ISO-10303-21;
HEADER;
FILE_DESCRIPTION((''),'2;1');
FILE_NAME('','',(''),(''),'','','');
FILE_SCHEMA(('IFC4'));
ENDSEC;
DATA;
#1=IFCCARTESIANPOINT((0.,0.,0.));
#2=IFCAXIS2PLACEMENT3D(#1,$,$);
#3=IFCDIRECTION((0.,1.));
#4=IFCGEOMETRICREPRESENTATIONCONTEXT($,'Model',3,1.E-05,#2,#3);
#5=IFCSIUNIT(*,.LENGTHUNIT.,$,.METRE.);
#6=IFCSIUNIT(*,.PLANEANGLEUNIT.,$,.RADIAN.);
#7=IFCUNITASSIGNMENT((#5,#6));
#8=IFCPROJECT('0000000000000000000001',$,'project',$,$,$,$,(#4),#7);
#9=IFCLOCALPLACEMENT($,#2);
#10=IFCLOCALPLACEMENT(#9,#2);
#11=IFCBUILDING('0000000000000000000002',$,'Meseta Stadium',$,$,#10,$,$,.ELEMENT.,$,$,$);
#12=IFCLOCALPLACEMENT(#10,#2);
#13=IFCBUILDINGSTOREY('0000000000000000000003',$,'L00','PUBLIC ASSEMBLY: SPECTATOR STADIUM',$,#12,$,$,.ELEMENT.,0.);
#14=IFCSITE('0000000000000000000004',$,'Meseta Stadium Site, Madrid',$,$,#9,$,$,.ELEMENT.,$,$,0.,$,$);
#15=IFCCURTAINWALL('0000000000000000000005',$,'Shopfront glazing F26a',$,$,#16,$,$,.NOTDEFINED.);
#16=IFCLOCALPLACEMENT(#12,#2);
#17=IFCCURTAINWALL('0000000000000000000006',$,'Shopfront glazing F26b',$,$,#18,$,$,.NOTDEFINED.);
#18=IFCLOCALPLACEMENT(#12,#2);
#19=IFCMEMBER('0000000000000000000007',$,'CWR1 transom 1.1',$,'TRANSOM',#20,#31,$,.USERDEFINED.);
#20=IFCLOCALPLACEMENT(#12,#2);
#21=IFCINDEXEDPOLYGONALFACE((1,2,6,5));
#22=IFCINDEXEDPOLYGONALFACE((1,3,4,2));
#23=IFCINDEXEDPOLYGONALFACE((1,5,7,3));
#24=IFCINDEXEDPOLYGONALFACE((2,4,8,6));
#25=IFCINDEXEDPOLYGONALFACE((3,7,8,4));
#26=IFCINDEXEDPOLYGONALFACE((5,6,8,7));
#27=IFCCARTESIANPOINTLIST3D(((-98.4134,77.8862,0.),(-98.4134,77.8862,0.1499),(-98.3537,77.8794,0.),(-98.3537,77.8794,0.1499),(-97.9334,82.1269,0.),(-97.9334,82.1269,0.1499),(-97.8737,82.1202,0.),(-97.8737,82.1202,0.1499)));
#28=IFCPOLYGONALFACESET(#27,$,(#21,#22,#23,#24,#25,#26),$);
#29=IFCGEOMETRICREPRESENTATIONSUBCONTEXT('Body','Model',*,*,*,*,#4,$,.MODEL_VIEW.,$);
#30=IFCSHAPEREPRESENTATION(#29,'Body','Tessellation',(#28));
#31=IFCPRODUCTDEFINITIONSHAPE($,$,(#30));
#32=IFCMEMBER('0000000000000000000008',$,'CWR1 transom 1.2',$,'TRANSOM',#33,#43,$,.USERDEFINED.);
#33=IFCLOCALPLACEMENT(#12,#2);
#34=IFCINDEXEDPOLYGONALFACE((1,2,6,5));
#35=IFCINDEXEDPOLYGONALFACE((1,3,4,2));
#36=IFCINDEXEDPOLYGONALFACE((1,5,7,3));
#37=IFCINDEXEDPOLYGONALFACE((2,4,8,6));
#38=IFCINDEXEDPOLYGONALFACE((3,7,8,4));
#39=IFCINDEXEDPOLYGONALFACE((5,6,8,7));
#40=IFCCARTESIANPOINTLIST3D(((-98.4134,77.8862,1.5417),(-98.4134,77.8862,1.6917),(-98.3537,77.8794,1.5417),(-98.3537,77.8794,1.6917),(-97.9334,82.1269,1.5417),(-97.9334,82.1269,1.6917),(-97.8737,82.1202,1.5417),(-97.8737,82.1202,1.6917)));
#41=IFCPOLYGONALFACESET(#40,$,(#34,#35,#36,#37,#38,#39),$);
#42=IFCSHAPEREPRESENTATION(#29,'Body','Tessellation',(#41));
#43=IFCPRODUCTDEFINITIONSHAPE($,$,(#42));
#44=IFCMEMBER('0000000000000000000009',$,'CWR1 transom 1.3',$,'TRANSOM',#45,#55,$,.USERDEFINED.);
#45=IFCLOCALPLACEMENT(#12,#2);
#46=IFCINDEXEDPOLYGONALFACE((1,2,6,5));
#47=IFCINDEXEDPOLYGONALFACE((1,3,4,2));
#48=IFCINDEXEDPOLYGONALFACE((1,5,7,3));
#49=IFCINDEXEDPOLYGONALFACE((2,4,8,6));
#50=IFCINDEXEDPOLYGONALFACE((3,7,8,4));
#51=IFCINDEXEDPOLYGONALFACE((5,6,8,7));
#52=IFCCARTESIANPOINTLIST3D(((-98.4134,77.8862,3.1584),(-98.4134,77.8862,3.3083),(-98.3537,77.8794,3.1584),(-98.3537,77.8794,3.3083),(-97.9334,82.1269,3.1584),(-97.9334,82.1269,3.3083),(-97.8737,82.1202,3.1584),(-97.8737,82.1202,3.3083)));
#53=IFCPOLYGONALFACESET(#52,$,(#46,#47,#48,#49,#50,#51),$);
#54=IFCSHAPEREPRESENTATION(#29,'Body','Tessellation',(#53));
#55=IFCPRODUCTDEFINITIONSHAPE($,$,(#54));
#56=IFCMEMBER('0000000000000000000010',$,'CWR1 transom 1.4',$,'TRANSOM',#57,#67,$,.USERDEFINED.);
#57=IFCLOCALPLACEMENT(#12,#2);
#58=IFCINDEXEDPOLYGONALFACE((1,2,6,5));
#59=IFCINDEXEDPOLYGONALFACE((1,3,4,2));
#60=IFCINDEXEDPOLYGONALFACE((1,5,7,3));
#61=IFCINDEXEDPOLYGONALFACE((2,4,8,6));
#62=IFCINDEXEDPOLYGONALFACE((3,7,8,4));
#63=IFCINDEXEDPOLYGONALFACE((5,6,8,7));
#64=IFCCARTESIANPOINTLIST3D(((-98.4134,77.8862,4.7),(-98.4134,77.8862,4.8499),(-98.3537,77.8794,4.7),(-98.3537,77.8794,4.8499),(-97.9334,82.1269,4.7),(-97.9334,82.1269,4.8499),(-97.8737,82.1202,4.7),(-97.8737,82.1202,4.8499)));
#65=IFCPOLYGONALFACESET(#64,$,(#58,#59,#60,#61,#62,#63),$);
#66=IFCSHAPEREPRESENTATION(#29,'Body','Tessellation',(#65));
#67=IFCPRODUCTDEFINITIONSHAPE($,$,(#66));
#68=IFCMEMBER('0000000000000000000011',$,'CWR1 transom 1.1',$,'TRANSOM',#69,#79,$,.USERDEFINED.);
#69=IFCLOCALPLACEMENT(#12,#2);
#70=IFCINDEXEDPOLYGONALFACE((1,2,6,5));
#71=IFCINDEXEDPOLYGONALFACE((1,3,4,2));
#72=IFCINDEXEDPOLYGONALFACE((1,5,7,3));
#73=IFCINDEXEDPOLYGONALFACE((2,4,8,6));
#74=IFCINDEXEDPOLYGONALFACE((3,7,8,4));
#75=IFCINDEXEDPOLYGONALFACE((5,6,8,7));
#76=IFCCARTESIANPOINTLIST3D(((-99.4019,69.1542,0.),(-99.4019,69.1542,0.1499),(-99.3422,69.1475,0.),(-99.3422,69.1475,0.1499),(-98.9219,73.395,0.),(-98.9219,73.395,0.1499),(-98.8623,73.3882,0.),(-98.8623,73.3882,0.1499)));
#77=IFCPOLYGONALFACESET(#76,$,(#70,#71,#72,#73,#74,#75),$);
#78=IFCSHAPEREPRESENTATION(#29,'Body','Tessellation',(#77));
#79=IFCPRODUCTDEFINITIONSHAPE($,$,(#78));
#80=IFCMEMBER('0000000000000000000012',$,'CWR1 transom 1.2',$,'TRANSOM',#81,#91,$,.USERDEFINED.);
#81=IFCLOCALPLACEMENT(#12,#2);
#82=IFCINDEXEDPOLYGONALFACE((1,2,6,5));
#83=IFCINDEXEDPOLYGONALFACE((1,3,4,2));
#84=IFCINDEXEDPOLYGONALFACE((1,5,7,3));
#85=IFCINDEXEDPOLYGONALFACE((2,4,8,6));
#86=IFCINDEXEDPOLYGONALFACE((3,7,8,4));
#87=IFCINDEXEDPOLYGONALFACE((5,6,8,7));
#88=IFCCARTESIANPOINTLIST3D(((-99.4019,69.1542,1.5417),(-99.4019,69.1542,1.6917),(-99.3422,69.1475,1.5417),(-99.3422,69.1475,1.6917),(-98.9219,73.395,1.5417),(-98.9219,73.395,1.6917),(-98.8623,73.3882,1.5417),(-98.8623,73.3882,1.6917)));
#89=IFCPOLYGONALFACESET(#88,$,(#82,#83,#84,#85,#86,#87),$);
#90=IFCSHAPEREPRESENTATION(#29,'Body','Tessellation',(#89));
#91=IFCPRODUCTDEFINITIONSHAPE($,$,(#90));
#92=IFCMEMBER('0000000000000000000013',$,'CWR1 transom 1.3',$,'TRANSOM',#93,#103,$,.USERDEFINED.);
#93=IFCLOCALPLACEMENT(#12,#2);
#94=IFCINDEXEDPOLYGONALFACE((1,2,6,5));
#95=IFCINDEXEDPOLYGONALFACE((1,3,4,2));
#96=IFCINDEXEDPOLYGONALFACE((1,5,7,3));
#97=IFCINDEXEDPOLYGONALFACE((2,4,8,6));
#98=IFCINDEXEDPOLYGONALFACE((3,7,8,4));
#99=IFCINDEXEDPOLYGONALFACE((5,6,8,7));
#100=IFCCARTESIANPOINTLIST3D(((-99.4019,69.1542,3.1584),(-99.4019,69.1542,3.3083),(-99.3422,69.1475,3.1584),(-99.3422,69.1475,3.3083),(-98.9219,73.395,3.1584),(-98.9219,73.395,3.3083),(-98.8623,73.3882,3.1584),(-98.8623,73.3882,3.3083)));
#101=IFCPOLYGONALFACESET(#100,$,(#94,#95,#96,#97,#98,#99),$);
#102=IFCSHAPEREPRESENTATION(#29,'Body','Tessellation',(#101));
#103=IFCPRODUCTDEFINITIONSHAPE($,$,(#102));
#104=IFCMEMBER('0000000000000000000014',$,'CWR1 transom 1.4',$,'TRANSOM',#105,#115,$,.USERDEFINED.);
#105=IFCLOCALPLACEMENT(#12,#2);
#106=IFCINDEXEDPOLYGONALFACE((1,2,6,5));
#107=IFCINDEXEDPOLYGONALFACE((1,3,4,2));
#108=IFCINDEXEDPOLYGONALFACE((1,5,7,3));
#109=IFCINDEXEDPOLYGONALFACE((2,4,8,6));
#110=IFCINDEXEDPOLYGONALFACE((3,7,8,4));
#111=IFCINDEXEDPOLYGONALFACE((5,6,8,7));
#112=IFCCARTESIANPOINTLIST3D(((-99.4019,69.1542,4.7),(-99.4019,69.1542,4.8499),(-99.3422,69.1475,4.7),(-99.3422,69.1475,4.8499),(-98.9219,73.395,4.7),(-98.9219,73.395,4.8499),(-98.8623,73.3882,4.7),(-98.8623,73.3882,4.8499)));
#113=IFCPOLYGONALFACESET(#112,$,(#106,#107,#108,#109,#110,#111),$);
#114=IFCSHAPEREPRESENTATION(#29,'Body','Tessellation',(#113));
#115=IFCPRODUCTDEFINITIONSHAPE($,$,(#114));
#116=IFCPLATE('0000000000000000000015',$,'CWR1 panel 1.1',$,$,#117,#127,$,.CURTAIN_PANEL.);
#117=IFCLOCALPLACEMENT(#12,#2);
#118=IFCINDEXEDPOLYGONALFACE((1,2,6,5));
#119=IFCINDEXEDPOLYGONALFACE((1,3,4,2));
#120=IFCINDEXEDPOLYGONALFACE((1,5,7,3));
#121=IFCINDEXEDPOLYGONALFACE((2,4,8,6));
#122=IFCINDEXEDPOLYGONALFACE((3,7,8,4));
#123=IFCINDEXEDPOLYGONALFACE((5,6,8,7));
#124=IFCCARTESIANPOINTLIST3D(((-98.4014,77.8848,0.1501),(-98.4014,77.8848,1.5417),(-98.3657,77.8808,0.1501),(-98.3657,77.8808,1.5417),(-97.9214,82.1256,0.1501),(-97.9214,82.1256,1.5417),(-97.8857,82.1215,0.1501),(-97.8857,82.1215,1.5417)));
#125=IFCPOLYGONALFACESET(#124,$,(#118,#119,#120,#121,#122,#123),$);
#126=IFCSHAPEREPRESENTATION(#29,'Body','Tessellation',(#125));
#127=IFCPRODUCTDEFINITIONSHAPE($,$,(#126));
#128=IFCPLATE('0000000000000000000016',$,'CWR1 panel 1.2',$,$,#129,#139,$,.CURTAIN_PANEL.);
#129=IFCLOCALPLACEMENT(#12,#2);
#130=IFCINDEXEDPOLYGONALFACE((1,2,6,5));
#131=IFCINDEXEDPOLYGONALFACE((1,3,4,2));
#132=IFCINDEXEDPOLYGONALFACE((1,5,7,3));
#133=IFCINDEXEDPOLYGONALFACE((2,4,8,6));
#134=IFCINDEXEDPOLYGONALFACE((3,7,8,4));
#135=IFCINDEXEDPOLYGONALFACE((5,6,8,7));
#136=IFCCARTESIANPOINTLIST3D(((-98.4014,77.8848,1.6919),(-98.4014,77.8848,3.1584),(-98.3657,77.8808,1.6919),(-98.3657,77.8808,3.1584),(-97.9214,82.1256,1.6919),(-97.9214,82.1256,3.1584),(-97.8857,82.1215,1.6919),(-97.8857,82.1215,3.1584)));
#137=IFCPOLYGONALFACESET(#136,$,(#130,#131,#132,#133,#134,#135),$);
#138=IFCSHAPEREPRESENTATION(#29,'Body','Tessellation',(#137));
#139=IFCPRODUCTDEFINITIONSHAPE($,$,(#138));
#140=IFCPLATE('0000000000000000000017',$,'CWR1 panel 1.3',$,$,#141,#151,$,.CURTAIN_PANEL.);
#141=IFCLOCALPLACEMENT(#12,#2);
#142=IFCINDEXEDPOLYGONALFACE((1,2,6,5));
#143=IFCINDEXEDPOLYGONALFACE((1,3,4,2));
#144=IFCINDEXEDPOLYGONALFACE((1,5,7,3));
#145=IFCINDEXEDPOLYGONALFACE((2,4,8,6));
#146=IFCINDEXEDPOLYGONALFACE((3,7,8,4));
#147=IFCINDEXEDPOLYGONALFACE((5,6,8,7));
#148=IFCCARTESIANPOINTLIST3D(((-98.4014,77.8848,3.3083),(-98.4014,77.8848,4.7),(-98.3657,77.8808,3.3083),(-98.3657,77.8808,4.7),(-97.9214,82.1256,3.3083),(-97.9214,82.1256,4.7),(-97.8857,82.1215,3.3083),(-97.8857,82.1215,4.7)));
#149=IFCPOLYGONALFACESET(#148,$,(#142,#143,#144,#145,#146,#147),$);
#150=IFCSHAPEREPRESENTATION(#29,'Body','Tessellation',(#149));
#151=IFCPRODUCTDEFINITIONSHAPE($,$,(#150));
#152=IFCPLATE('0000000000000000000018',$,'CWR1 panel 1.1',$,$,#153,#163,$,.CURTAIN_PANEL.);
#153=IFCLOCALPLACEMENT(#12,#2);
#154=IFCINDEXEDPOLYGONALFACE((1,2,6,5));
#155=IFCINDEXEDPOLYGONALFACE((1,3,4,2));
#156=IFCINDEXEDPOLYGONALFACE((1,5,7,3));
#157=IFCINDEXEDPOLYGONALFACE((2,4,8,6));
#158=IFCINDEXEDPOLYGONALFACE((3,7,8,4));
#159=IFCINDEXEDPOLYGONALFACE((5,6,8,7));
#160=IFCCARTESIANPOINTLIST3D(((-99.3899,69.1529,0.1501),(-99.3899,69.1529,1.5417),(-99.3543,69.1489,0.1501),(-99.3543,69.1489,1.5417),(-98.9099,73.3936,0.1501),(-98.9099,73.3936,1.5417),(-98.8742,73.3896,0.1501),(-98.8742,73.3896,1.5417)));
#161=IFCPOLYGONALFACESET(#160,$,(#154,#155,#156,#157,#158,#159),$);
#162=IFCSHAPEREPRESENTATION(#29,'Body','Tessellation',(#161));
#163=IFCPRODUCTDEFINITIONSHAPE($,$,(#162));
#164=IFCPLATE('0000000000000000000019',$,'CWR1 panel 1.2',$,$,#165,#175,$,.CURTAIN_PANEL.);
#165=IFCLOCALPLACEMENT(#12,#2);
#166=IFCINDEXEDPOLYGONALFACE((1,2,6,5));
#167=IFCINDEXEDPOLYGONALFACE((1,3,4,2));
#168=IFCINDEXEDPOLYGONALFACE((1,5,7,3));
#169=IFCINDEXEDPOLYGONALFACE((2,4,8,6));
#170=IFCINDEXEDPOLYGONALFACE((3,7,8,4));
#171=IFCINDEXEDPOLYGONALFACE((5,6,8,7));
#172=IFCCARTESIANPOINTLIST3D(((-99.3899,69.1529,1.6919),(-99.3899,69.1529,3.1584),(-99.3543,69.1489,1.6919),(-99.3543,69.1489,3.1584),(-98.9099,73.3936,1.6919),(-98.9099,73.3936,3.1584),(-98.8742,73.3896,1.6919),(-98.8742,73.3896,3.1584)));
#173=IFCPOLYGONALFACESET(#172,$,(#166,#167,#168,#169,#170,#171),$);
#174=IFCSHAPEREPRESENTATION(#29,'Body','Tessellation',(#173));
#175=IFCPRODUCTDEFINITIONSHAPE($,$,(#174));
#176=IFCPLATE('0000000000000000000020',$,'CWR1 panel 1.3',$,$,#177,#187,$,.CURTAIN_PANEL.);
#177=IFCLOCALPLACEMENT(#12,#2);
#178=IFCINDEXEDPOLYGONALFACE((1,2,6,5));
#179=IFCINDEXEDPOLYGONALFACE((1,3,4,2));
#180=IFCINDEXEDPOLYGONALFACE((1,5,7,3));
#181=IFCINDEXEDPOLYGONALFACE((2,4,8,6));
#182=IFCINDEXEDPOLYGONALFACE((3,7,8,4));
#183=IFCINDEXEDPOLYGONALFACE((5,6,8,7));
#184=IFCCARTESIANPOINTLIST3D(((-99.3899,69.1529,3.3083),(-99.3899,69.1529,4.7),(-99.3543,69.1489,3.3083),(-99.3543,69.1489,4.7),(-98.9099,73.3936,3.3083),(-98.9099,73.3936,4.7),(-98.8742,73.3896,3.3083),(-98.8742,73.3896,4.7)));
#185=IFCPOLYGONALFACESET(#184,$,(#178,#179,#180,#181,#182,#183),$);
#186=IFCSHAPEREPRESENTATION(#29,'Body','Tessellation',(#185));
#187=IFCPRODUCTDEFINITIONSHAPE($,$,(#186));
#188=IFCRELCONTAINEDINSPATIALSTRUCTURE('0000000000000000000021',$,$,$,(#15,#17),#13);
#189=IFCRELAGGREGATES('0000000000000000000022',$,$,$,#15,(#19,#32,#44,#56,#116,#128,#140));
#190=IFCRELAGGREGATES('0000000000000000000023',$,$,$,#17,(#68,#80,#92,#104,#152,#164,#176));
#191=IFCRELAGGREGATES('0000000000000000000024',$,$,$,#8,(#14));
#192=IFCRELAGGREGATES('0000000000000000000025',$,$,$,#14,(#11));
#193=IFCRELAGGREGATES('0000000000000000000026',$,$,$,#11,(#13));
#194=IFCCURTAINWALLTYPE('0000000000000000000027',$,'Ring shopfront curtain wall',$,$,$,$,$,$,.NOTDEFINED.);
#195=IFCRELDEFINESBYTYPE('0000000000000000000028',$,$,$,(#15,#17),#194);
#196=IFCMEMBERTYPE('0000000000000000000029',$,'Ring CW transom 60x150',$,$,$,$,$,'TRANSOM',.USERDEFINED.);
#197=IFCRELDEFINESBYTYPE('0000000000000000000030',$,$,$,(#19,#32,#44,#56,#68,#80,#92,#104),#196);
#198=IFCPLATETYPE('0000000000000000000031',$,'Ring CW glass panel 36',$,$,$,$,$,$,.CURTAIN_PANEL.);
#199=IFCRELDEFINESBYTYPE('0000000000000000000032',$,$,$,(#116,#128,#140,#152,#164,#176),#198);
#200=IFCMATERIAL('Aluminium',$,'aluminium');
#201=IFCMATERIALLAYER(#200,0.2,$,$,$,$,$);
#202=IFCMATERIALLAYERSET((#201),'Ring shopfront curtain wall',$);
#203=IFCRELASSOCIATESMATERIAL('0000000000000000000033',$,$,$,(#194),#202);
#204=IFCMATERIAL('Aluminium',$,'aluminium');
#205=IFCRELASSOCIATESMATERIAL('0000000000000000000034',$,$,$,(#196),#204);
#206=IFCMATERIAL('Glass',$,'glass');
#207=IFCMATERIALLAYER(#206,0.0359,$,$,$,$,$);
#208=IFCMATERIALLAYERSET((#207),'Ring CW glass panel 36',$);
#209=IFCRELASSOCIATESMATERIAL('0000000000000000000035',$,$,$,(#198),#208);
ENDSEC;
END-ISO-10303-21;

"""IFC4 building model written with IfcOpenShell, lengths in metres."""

from ifc_helpers import new_model, si_unit, direction, frame, origin, origin_2d, place, context, subcontext, project, spatial, rectangle, extrude, material, layer, layer_set, material_profile, profile_set, type_object, element, aggregate, save


model = new_model("IFC4")

# Units and contexts
model_context = context("Model", 3, precision=1e-05, world=origin(), true_north=direction((0.0, 1.0)))
body_context = subcontext(model_context, "Body", "Model", "MODEL_VIEW")
ifc_project = project(units=[si_unit("LENGTHUNIT", "METRE"), si_unit("PLANEANGLEUNIT", "RADIAN")], contexts=[model_context])

# Site, building, storey
site_placement = place(None, origin())
site = spatial("IfcSite", under=ifc_project, at=site_placement, Name="Meseta Stadium Site, Madrid", CompositionType="ELEMENT", RefElevation=0.0)
building_placement = place(site_placement, origin())
building = spatial("IfcBuilding", under=site, at=building_placement, Name="Meseta Stadium", CompositionType="ELEMENT")
storey_placement = place(building_placement, origin())
storey = spatial("IfcBuildingStorey", under=building, at=storey_placement, Name="L00", Description="PUBLIC ASSEMBLY: SPECTATOR STADIUM", CompositionType="ELEMENT", Elevation=0.0)

# Curtain wall
ifc_material_1 = material(Name="Aluminium", Category="aluminium")
ifc_layer_1 = layer(ifc_material_1, 0.2)
ifc_layer_set_1 = layer_set([ifc_layer_1], Name="Ring shopfront curtain wall")
curtain_wall_type = type_object("IfcCurtainWallType", Name="Ring shopfront curtain wall", PredefinedType="NOTDEFINED", material=ifc_layer_set_1)
curtain_wall_1_placement = place(storey_placement, origin())
curtain_wall_1 = element("IfcCurtainWall", 1, at=curtain_wall_1_placement, inside=storey, type_object=curtain_wall_type, Name="Shopfront glazing F26a", PredefinedType="NOTDEFINED")

# Curtain wall
curtain_wall_2_placement = place(storey_placement, origin())
curtain_wall_2 = element("IfcCurtainWall", 2, at=curtain_wall_2_placement, inside=storey, type_object=curtain_wall_type, Name="Shopfront glazing F26b", PredefinedType="NOTDEFINED")

# Members
ifc_material_2 = material(Name="Aluminium", Category="aluminium")
ifc_material_profile_1 = material_profile(ifc_material_2, rectangle(XDim=0.0601, YDim=0.1499, at=origin_2d()), Name="CW 60x150")
ifc_profile_set_1 = profile_set([ifc_material_profile_1], Name="Aluminium")
member_type_1 = type_object("IfcMemberType", Name="Ring CW transom 60x150", ElementType="TRANSOM", PredefinedType="USERDEFINED", material=ifc_profile_set_1)
member_1_placement = place(storey_placement, frame((-97.9036, 82.1235, 0.075), z_axis=(-0.112466, -0.993656, 0.0), x_axis=(0.993656, -0.112466, 0.0)))
member_1 = element("IfcMember", 3, at=member_1_placement, type_object=member_type_1, Name="CWR1 transom 1.1", ObjectType="TRANSOM", PredefinedType="USERDEFINED", context=body_context, shape_type="SweptSolid", body=[
    extrude(rectangle(XDim=0.0601, YDim=0.1499, at=origin_2d()), origin(), (0.0, 0.0, 1.0), 4.2678),
])
member_2_placement = place(storey_placement, frame((-97.9036, 82.1235, 1.6167), z_axis=(-0.112466, -0.993656, 0.0), x_axis=(0.993656, -0.112466, 0.0)))
member_2 = element("IfcMember", 4, at=member_2_placement, type_object=member_type_1, Name="CWR1 transom 1.2", ObjectType="TRANSOM", PredefinedType="USERDEFINED", context=body_context, shape_type="SweptSolid", body=[
    extrude(rectangle(XDim=0.0601, YDim=0.1499, at=origin_2d()), origin(), (0.0, 0.0, 1.0), 4.2678),
])
member_3_placement = place(storey_placement, frame((-97.9036, 82.1235, 3.2334), z_axis=(-0.112466, -0.993656, 0.0), x_axis=(0.993656, -0.112466, 0.0)))
member_3 = element("IfcMember", 5, at=member_3_placement, type_object=member_type_1, Name="CWR1 transom 1.3", ObjectType="TRANSOM", PredefinedType="USERDEFINED", context=body_context, shape_type="SweptSolid", body=[
    extrude(rectangle(XDim=0.0601, YDim=0.1499, at=origin_2d()), origin(), (0.0, 0.0, 1.0), 4.2678),
])
member_4_placement = place(storey_placement, frame((-97.9036, 82.1235, 4.7749), z_axis=(-0.112466, -0.993656, 0.0), x_axis=(0.993656, -0.112466, 0.0)))
member_4 = element("IfcMember", 6, at=member_4_placement, type_object=member_type_1, Name="CWR1 transom 1.4", ObjectType="TRANSOM", PredefinedType="USERDEFINED", context=body_context, shape_type="SweptSolid", body=[
    extrude(rectangle(XDim=0.0601, YDim=0.1499, at=origin_2d()), origin(), (0.0, 0.0, 1.0), 4.2678),
])
member_5_placement = place(storey_placement, frame((-98.8921, 73.3916, 0.075), z_axis=(-0.112466, -0.993656, 0.0), x_axis=(0.993656, -0.112466, 0.0)))
member_5 = element("IfcMember", 7, at=member_5_placement, type_object=member_type_1, Name="CWR1 transom 1.1", ObjectType="TRANSOM", PredefinedType="USERDEFINED", context=body_context, shape_type="SweptSolid", body=[
    extrude(rectangle(XDim=0.0601, YDim=0.1499, at=origin_2d()), origin(), (0.0, 0.0, 1.0), 4.2678),
])
member_6_placement = place(storey_placement, frame((-98.8921, 73.3916, 1.6167), z_axis=(-0.112466, -0.993656, 0.0), x_axis=(0.993656, -0.112466, 0.0)))
member_6 = element("IfcMember", 8, at=member_6_placement, type_object=member_type_1, Name="CWR1 transom 1.2", ObjectType="TRANSOM", PredefinedType="USERDEFINED", context=body_context, shape_type="SweptSolid", body=[
    extrude(rectangle(XDim=0.0601, YDim=0.1499, at=origin_2d()), origin(), (0.0, 0.0, 1.0), 4.2678),
])
member_7_placement = place(storey_placement, frame((-98.8921, 73.3916, 3.2334), z_axis=(-0.112466, -0.993656, 0.0), x_axis=(0.993656, -0.112466, 0.0)))
member_7 = element("IfcMember", 9, at=member_7_placement, type_object=member_type_1, Name="CWR1 transom 1.3", ObjectType="TRANSOM", PredefinedType="USERDEFINED", context=body_context, shape_type="SweptSolid", body=[
    extrude(rectangle(XDim=0.0601, YDim=0.1499, at=origin_2d()), origin(), (0.0, 0.0, 1.0), 4.2678),
])
member_8_placement = place(storey_placement, frame((-98.8921, 73.3916, 4.7749), z_axis=(-0.112466, -0.993656, 0.0), x_axis=(0.993656, -0.112466, 0.0)))
member_8 = element("IfcMember", 10, at=member_8_placement, type_object=member_type_1, Name="CWR1 transom 1.4", ObjectType="TRANSOM", PredefinedType="USERDEFINED", context=body_context, shape_type="SweptSolid", body=[
    extrude(rectangle(XDim=0.0601, YDim=0.1499, at=origin_2d()), origin(), (0.0, 0.0, 1.0), 4.2678),
])

# Plates
ifc_material_3 = material(Name="Glass", Category="glass")
ifc_layer_2 = layer(ifc_material_3, 0.0359)
ifc_layer_set_2 = layer_set([ifc_layer_2], Name="Ring CW glass panel 36")
plate_type = type_object("IfcPlateType", Name="Ring CW glass panel 36", PredefinedType="CURTAIN_PANEL", material=ifc_layer_set_2)
plate_1_placement = place(storey_placement, frame((-98.1436, 80.0032, 0.1501), z_axis=(0.0, 0.0, 1.0), x_axis=(-0.112472, -0.993655, 0.0)))
plate_1 = element("IfcPlate", 11, at=plate_1_placement, type_object=plate_type, Name="CWR1 panel 1.1", PredefinedType="CURTAIN_PANEL", context=body_context, shape_type="SweptSolid", body=[
    extrude(rectangle(XDim=4.2678, YDim=0.0359, at=origin_2d()), origin(), (0.0, 0.0, 1.0), 1.3916),
])
plate_2_placement = place(storey_placement, frame((-98.1436, 80.0032, 1.6919), z_axis=(0.0, 0.0, 1.0), x_axis=(-0.112472, -0.993655, 0.0)))
plate_2 = element("IfcPlate", 12, at=plate_2_placement, type_object=plate_type, Name="CWR1 panel 1.2", PredefinedType="CURTAIN_PANEL", context=body_context, shape_type="SweptSolid", body=[
    extrude(rectangle(XDim=4.2678, YDim=0.0359, at=origin_2d()), origin(), (0.0, 0.0, 1.0), 1.4666),
])
plate_3_placement = place(storey_placement, frame((-98.1436, 80.0032, 3.3083), z_axis=(0.0, 0.0, 1.0), x_axis=(-0.112472, -0.993655, 0.0)))
plate_3 = element("IfcPlate", 13, at=plate_3_placement, type_object=plate_type, Name="CWR1 panel 1.3", PredefinedType="CURTAIN_PANEL", context=body_context, shape_type="SweptSolid", body=[
    extrude(rectangle(XDim=4.2678, YDim=0.0359, at=origin_2d()), origin(), (0.0, 0.0, 1.0), 1.3916),
])
aggregate(curtain_wall_1, [member_1, member_2, member_3, member_4, plate_1, plate_2, plate_3])
plate_4_placement = place(storey_placement, frame((-99.1321, 71.2712, 0.1501), z_axis=(0.0, 0.0, 1.0), x_axis=(-0.112472, -0.993655, 0.0)))
plate_4 = element("IfcPlate", 14, at=plate_4_placement, type_object=plate_type, Name="CWR1 panel 1.1", PredefinedType="CURTAIN_PANEL", context=body_context, shape_type="SweptSolid", body=[
    extrude(rectangle(XDim=4.2678, YDim=0.0359, at=origin_2d()), origin(), (0.0, 0.0, 1.0), 1.3916),
])
plate_5_placement = place(storey_placement, frame((-99.1321, 71.2712, 1.6919), z_axis=(0.0, 0.0, 1.0), x_axis=(-0.112472, -0.993655, 0.0)))
plate_5 = element("IfcPlate", 15, at=plate_5_placement, type_object=plate_type, Name="CWR1 panel 1.2", PredefinedType="CURTAIN_PANEL", context=body_context, shape_type="SweptSolid", body=[
    extrude(rectangle(XDim=4.2678, YDim=0.0359, at=origin_2d()), origin(), (0.0, 0.0, 1.0), 1.4666),
])
plate_6_placement = place(storey_placement, frame((-99.1321, 71.2712, 3.3083), z_axis=(0.0, 0.0, 1.0), x_axis=(-0.112472, -0.993655, 0.0)))
plate_6 = element("IfcPlate", 16, at=plate_6_placement, type_object=plate_type, Name="CWR1 panel 1.3", PredefinedType="CURTAIN_PANEL", context=body_context, shape_type="SweptSolid", body=[
    extrude(rectangle(XDim=4.2678, YDim=0.0359, at=origin_2d()), origin(), (0.0, 0.0, 1.0), 1.3916),
])
aggregate(curtain_wall_2, [member_5, member_6, member_7, member_8, plate_4, plate_5, plate_6])

save(model, "model.ifc")
